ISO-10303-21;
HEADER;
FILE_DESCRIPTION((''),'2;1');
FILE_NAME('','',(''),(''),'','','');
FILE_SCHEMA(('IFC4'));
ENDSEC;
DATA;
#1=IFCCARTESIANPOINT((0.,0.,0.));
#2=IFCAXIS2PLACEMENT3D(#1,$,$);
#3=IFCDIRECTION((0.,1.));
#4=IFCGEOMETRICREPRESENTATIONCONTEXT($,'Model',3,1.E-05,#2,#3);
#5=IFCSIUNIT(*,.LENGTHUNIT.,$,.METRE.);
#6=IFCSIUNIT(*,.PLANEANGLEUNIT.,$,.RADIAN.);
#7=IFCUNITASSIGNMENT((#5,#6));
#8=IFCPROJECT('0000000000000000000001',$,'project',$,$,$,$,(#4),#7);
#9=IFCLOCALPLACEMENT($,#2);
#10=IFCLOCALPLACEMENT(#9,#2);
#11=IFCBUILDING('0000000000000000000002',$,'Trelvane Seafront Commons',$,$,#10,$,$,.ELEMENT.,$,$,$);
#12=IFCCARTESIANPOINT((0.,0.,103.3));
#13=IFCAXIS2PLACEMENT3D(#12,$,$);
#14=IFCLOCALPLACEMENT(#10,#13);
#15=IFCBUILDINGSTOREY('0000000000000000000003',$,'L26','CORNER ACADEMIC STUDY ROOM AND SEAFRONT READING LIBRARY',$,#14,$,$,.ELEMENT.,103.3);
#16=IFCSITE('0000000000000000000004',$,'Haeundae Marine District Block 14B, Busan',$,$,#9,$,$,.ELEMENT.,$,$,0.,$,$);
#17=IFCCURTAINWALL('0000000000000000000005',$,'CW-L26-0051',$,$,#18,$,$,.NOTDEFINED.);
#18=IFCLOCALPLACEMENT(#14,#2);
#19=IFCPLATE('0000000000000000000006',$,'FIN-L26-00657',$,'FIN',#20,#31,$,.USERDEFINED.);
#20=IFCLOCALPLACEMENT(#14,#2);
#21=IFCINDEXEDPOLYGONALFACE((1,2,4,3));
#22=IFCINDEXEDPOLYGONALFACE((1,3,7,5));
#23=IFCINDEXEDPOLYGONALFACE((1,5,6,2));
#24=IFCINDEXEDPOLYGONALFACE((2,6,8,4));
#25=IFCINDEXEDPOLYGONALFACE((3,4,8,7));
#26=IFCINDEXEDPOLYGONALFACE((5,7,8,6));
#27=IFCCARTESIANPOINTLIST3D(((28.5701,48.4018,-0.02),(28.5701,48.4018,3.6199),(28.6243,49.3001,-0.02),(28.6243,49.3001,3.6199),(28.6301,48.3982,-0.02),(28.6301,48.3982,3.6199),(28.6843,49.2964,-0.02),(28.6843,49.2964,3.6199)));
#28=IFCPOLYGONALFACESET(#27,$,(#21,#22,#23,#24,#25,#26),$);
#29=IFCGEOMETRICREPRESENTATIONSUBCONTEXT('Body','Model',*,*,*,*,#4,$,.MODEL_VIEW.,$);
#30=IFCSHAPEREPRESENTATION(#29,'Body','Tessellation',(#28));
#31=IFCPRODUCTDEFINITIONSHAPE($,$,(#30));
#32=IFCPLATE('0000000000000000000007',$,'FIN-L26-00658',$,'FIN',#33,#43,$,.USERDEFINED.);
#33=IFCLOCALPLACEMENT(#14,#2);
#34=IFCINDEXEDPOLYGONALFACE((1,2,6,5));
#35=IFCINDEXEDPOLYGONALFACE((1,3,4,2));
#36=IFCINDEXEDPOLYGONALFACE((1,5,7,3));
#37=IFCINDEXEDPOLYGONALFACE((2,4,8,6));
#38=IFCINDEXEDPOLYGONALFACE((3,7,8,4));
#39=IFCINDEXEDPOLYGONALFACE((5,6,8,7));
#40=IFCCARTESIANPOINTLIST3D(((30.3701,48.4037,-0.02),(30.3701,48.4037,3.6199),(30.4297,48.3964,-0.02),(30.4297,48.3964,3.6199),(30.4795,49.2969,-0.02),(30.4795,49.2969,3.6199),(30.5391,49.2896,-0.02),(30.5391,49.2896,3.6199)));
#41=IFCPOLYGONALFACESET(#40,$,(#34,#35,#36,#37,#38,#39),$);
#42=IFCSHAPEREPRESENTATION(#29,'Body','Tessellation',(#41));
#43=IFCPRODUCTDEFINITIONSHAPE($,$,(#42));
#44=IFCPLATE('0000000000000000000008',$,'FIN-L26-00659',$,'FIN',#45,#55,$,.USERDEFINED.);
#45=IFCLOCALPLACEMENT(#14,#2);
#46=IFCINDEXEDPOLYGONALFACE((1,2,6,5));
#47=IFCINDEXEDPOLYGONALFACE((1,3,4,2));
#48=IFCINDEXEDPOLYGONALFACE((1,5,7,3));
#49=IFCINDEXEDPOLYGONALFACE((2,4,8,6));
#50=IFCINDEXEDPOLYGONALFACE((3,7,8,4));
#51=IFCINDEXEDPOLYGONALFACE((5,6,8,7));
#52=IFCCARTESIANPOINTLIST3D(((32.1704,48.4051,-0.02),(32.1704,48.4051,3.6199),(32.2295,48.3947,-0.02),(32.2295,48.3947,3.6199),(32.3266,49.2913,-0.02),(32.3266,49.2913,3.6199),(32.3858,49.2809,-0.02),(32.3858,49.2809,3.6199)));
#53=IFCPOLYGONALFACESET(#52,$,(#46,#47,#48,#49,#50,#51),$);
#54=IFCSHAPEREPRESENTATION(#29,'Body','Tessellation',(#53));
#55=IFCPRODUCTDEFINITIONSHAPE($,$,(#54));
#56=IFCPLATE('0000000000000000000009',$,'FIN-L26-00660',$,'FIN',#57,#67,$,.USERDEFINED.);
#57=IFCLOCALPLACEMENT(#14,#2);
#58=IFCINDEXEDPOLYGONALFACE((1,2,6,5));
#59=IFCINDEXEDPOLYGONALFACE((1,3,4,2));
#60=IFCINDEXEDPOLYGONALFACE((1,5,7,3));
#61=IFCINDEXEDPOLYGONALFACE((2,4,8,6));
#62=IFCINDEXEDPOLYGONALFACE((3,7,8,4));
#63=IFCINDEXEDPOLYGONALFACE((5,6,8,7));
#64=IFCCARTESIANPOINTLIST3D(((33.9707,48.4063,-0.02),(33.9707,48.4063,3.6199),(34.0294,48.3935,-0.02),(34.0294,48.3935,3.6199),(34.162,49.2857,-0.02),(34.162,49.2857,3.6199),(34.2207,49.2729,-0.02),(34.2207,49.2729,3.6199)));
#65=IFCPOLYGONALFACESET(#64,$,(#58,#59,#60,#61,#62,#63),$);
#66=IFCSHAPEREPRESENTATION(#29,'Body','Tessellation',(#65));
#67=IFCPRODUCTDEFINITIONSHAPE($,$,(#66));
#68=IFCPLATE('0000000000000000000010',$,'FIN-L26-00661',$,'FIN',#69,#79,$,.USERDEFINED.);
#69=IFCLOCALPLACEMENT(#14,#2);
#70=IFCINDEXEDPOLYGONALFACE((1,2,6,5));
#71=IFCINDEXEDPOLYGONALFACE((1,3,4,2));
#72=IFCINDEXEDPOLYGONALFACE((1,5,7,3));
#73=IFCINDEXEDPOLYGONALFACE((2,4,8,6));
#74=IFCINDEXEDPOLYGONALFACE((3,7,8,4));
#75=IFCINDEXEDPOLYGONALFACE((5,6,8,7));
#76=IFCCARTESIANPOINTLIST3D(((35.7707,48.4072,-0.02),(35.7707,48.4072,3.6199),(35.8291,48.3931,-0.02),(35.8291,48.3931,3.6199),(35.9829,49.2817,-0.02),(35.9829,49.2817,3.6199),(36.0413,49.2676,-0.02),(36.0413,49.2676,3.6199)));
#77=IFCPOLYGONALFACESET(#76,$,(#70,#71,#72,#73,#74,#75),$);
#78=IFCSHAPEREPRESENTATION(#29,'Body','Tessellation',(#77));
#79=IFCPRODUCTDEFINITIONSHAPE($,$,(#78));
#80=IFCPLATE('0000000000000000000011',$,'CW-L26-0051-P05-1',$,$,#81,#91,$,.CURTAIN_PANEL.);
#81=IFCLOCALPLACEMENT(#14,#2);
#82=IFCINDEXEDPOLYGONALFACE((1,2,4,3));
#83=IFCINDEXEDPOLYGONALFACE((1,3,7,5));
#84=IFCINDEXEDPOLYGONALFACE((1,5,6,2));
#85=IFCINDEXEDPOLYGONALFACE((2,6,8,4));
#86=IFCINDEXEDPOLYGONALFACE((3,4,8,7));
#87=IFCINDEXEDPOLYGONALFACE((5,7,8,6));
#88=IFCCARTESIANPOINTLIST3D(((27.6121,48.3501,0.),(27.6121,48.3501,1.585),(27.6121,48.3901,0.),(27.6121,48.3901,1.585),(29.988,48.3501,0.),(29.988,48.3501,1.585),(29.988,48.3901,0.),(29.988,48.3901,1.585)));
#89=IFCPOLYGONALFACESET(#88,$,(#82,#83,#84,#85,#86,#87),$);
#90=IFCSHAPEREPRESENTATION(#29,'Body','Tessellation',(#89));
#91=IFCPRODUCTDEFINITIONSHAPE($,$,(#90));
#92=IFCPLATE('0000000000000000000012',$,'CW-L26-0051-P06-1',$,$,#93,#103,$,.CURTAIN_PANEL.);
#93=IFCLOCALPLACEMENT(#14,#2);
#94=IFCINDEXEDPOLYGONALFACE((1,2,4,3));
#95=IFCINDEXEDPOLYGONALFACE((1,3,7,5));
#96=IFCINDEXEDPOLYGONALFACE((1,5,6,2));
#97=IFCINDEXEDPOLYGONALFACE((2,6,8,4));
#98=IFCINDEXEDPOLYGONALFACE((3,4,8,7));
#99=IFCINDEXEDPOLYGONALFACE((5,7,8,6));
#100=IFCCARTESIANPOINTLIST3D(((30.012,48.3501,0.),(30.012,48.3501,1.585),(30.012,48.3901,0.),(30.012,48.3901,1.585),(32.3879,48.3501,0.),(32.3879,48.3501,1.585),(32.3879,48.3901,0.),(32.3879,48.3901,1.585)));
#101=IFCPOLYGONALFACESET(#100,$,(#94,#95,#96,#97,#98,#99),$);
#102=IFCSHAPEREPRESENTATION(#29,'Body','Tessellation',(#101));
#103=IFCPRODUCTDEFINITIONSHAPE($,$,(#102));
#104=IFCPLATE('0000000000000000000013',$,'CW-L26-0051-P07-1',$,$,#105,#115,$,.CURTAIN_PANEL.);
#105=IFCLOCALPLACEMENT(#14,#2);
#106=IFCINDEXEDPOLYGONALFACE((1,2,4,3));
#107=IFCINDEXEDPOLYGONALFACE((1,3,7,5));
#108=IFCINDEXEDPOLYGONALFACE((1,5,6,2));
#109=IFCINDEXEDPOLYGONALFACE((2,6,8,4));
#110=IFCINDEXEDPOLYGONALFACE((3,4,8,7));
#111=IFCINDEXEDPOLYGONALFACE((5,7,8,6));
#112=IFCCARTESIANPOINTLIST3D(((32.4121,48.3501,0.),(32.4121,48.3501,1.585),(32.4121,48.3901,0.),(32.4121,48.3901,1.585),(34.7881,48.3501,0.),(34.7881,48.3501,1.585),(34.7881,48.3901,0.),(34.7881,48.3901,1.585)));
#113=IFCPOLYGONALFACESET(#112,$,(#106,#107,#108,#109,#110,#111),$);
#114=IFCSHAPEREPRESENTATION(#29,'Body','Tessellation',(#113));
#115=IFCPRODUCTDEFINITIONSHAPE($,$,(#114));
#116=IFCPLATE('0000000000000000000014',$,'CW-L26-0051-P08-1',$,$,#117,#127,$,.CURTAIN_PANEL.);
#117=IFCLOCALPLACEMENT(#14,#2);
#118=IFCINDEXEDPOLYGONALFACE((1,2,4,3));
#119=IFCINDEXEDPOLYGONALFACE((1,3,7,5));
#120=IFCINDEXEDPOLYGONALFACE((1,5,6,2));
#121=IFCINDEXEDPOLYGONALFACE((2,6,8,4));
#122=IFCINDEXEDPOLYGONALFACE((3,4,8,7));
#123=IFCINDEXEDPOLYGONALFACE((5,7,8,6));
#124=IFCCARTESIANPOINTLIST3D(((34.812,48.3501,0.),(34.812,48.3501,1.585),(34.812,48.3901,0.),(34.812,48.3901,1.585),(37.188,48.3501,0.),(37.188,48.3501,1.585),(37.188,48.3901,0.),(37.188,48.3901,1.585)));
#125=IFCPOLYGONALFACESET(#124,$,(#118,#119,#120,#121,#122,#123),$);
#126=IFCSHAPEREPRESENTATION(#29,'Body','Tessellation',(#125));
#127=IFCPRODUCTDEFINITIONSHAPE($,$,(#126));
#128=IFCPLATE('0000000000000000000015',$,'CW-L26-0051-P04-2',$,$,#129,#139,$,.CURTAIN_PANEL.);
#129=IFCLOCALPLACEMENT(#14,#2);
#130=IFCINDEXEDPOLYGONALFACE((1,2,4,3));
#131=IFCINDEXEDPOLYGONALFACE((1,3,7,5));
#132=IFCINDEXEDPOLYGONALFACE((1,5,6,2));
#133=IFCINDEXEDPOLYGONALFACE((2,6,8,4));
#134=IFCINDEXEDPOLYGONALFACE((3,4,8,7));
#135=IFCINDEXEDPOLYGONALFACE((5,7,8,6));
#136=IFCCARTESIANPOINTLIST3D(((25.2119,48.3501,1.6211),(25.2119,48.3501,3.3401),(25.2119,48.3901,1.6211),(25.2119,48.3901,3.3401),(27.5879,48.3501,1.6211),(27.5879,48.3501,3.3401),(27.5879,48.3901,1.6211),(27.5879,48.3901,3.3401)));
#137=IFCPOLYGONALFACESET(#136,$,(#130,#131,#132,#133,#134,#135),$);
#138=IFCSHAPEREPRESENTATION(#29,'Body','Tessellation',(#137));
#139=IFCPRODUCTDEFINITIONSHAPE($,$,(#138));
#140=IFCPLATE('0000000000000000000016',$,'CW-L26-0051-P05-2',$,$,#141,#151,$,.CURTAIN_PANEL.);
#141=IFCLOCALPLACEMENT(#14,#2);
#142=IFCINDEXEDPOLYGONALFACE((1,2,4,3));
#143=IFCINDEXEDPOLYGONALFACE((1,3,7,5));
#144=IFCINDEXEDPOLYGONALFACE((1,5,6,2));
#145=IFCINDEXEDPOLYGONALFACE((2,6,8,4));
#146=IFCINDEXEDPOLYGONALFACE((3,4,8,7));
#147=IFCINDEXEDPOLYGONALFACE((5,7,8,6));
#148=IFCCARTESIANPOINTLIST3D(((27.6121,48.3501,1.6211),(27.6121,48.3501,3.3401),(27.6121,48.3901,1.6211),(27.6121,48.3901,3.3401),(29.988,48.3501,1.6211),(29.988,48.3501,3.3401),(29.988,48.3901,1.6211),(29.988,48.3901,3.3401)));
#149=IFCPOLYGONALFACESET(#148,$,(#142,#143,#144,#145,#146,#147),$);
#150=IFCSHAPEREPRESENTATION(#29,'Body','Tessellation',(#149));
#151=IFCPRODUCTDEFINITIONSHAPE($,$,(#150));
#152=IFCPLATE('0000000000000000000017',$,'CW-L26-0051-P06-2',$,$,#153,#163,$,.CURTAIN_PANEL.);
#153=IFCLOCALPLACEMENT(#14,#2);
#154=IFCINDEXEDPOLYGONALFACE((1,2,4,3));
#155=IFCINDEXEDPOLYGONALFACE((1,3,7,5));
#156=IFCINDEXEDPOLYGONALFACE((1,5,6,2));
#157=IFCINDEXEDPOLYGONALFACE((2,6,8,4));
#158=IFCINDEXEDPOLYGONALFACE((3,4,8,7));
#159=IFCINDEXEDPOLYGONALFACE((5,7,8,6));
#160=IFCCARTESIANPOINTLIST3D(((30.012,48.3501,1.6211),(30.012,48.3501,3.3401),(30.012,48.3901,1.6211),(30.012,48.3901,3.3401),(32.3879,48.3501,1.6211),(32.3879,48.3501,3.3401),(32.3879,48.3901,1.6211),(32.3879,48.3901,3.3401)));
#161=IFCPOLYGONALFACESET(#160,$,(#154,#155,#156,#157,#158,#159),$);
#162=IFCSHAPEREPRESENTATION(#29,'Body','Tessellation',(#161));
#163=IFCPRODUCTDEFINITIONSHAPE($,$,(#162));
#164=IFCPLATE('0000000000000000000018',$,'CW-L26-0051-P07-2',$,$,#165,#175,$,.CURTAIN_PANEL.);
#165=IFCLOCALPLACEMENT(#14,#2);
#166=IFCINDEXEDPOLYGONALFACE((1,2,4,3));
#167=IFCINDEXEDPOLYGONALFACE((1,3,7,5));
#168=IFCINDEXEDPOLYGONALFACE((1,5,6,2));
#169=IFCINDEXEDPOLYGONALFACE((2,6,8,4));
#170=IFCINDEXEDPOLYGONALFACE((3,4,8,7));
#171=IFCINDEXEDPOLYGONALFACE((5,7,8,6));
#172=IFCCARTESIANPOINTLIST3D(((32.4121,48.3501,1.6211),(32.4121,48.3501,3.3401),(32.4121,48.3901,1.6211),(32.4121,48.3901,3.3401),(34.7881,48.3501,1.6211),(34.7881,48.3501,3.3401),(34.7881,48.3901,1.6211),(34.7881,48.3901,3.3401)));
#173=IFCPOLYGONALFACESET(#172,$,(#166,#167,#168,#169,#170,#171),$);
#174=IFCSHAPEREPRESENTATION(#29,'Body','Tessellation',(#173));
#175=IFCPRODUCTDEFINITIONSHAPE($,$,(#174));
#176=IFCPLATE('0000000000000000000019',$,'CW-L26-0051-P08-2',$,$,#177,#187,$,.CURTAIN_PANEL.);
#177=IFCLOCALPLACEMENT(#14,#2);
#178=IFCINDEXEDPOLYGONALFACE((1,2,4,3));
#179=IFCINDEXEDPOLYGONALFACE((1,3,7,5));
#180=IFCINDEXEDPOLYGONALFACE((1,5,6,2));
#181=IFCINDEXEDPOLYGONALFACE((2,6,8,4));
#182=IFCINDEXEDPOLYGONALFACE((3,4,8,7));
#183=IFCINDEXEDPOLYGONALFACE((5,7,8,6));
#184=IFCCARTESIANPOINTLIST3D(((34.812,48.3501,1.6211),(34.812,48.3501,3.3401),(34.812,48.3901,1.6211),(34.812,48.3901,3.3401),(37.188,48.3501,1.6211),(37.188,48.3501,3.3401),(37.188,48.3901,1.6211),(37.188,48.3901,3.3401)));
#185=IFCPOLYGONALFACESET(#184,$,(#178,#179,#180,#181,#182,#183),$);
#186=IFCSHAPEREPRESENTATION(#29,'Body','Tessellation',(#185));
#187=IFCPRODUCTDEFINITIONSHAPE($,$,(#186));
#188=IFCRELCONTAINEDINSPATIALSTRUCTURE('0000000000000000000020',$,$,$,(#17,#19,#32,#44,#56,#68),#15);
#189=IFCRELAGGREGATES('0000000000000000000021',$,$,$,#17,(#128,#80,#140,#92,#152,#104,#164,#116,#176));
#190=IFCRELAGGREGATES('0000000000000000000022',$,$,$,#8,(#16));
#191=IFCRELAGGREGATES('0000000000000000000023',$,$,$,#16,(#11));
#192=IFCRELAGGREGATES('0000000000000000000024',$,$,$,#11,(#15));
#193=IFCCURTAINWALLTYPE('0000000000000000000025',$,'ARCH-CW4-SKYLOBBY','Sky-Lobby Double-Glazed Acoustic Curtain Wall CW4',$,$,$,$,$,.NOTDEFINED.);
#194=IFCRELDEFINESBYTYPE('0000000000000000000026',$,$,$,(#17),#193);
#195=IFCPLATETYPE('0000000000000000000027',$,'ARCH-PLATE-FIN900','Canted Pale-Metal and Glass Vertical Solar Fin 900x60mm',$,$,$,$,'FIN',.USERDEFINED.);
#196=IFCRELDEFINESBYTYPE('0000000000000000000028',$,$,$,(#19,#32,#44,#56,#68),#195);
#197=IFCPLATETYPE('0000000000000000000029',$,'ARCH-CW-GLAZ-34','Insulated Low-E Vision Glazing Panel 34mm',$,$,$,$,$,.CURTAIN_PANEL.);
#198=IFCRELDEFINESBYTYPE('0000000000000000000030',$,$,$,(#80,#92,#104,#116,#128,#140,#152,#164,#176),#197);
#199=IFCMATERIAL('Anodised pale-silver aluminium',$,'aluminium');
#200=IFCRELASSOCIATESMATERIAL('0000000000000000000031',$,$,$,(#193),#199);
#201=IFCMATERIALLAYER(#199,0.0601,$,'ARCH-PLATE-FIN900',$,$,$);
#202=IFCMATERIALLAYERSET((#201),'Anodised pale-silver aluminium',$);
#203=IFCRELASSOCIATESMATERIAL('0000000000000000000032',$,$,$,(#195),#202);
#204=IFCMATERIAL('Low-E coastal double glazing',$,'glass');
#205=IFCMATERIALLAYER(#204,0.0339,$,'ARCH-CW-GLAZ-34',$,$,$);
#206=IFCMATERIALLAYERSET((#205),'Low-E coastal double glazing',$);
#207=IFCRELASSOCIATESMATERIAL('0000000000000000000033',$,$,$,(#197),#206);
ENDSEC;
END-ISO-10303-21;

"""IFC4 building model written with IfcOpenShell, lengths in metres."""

from ifc_helpers import new_model, si_unit, direction, frame, origin, origin_2d, place, context, subcontext, project, spatial, rectangle, extrude, source, transform, mapped, material, layer, layer_set, type_object, element, aggregate, save


model = new_model("IFC4")

# Units and contexts
model_context = context("Model", 3, precision=1e-05, world=origin(), true_north=direction((0.0, 1.0)))
body_context = subcontext(model_context, "Body", "Model", "MODEL_VIEW")
ifc_project = project(units=[si_unit("LENGTHUNIT", "METRE"), si_unit("PLANEANGLEUNIT", "RADIAN")], contexts=[model_context])

# Site, building, storey
site_placement = place(None, origin())
site = spatial("IfcSite", under=ifc_project, at=site_placement, Name="Haeundae Marine District Block 14B, Busan", CompositionType="ELEMENT", RefElevation=0.0)
building_placement = place(site_placement, origin())
building = spatial("IfcBuilding", under=site, at=building_placement, Name="Trelvane Seafront Commons", CompositionType="ELEMENT")
storey_placement = place(building_placement, frame((0.0, 0.0, 103.3)))
storey = spatial("IfcBuildingStorey", under=building, at=storey_placement, Name="L26", Description="CORNER ACADEMIC STUDY ROOM AND SEAFRONT READING LIBRARY", CompositionType="ELEMENT", Elevation=103.3)

# Curtain wall
ifc_material_1 = material(Name="Anodised pale-silver aluminium", Category="aluminium")
curtain_wall_type = type_object("IfcCurtainWallType", Name="ARCH-CW4-SKYLOBBY", Description="Sky-Lobby Double-Glazed Acoustic Curtain Wall CW4", PredefinedType="NOTDEFINED", material=ifc_material_1)
curtain_wall_placement = place(storey_placement, origin())
curtain_wall = element("IfcCurtainWall", 1, at=curtain_wall_placement, inside=storey, type_object=curtain_wall_type, Name="CW-L26-0051", PredefinedType="NOTDEFINED")

# Plates
ifc_layer_1 = layer(ifc_material_1, 0.0601, Name="ARCH-PLATE-FIN900")
ifc_layer_set_1 = layer_set([ifc_layer_1], Name="Anodised pale-silver aluminium")
plate_type_1 = type_object("IfcPlateType", Name="ARCH-PLATE-FIN900", Description="Canted Pale-Metal and Glass Vertical Solar Fin 900x60mm", ElementType="FIN", PredefinedType="USERDEFINED", material=ifc_layer_set_1)
shared_shape_1 = source(origin(), body_context, "Body", "SweptSolid", [
    extrude(rectangle(XDim=0.8999, YDim=0.0601, at=origin_2d()), origin(), (0.0, 0.0, 1.0), 3.6399),
])
for number, where, z_axis, x_axis, name in (
    (2, (28.6272, 48.8491, -0.02), (0.0, 0.0, 1.0), (0.060219, 0.998185, 0.0), "FIN-L26-00657"),
    (3, (30.4546, 48.8467, -0.02), (0.0, 0.0, 1.0), (0.121559, 0.992584, 0.0), "FIN-L26-00658"),
    (4, (32.2781, 48.843, -0.02), (0.0, 0.0, 1.0), (0.173671, 0.984804, 0.0), "FIN-L26-00659"),
    (5, (34.0957, 48.8396, -0.02), (0.0, 0.0, 1.0), (0.212563, 0.977147, 0.0), "FIN-L26-00660"),
    (6, (35.906, 48.8374, -0.02), (0.0, 0.0, 1.0), (0.235785, 0.971805, 0.0), "FIN-L26-00661"),
):
    element("IfcPlate", number, at=place(storey_placement, frame(where, z_axis=z_axis, x_axis=x_axis)), inside=storey, type_object=plate_type_1, Name=name, ObjectType="FIN", PredefinedType="USERDEFINED", context=body_context, shape_type="MappedRepresentation", body=[
        mapped(shared_shape_1, transform((0.0, 0.0, 0.0), x_axis=(1.0, 0.0, 0.0), y_axis=(0.0, 1.0, 0.0), z_axis=(0.0, 0.0, 1.0), scale=1.0)),
    ])

# Plates
ifc_material_2 = material(Name="Low-E coastal double glazing", Category="glass")
ifc_layer_2 = layer(ifc_material_2, 0.0339, Name="ARCH-CW-GLAZ-34")
ifc_layer_set_2 = layer_set([ifc_layer_2], Name="Low-E coastal double glazing")
plate_type_2 = type_object("IfcPlateType", Name="ARCH-CW-GLAZ-34", Description="Insulated Low-E Vision Glazing Panel 34mm", PredefinedType="CURTAIN_PANEL", material=ifc_layer_set_2)
shared_shape_2 = source(origin(), body_context, "Body", "SweptSolid", [
    extrude(rectangle(XDim=2.376, YDim=0.04, at=origin_2d()), origin(), (0.0, 0.0, 1.0), 1.585),
])
plate_1_placement = place(storey_placement, frame((28.8, 48.3701, 0.0), z_axis=(0.0, 0.0, 1.0), x_axis=(1.0, 0.0, 0.0)))
plate_1 = element("IfcPlate", 7, at=plate_1_placement, type_object=plate_type_2, Name="CW-L26-0051-P05-1", PredefinedType="CURTAIN_PANEL", context=body_context, shape_type="MappedRepresentation", body=[
    mapped(shared_shape_2, transform((0.0, 0.0, 0.0), x_axis=(1.0, 0.0, 0.0), y_axis=(0.0, 1.0, 0.0), z_axis=(0.0, 0.0, 1.0), scale=1.0)),
])
plate_2_placement = place(storey_placement, frame((31.2, 48.3701, 0.0), z_axis=(0.0, 0.0, 1.0), x_axis=(1.0, 0.0, 0.0)))
plate_2 = element("IfcPlate", 8, at=plate_2_placement, type_object=plate_type_2, Name="CW-L26-0051-P06-1", PredefinedType="CURTAIN_PANEL", context=body_context, shape_type="MappedRepresentation", body=[
    mapped(shared_shape_2, transform((0.0, 0.0, 0.0), x_axis=(1.0, 0.0, 0.0), y_axis=(0.0, 1.0, 0.0), z_axis=(0.0, 0.0, 1.0), scale=1.0)),
])
plate_3_placement = place(storey_placement, frame((33.6001, 48.3701, 0.0), z_axis=(0.0, 0.0, 1.0), x_axis=(1.0, 0.0, 0.0)))
plate_3 = element("IfcPlate", 9, at=plate_3_placement, type_object=plate_type_2, Name="CW-L26-0051-P07-1", PredefinedType="CURTAIN_PANEL", context=body_context, shape_type="MappedRepresentation", body=[
    mapped(shared_shape_2, transform((0.0, 0.0, 0.0), x_axis=(1.0, 0.0, 0.0), y_axis=(0.0, 1.0, 0.0), z_axis=(0.0, 0.0, 1.0), scale=1.0)),
])
plate_4_placement = place(storey_placement, frame((36.0, 48.3701, 0.0), z_axis=(0.0, 0.0, 1.0), x_axis=(1.0, 0.0, 0.0)))
plate_4 = element("IfcPlate", 10, at=plate_4_placement, type_object=plate_type_2, Name="CW-L26-0051-P08-1", PredefinedType="CURTAIN_PANEL", context=body_context, shape_type="MappedRepresentation", body=[
    mapped(shared_shape_2, transform((0.0, 0.0, 0.0), x_axis=(1.0, 0.0, 0.0), y_axis=(0.0, 1.0, 0.0), z_axis=(0.0, 0.0, 1.0), scale=1.0)),
])
shared_shape_3 = source(origin(), body_context, "Body", "SweptSolid", [
    extrude(rectangle(XDim=2.376, YDim=0.04, at=origin_2d()), origin(), (0.0, 0.0, 1.0), 1.719),
])
plate_5_placement = place(storey_placement, frame((26.3999, 48.3701, 1.6211), z_axis=(0.0, 0.0, 1.0), x_axis=(1.0, 0.0, 0.0)))
plate_5 = element("IfcPlate", 11, at=plate_5_placement, type_object=plate_type_2, Name="CW-L26-0051-P04-2", PredefinedType="CURTAIN_PANEL", context=body_context, shape_type="MappedRepresentation", body=[
    mapped(shared_shape_3, transform((0.0, 0.0, 0.0), x_axis=(1.0, 0.0, 0.0), y_axis=(0.0, 1.0, 0.0), z_axis=(0.0, 0.0, 1.0), scale=1.0)),
])
plate_6_placement = place(storey_placement, frame((28.8, 48.3701, 1.6211), z_axis=(0.0, 0.0, 1.0), x_axis=(1.0, 0.0, 0.0)))
plate_6 = element("IfcPlate", 12, at=plate_6_placement, type_object=plate_type_2, Name="CW-L26-0051-P05-2", PredefinedType="CURTAIN_PANEL", context=body_context, shape_type="MappedRepresentation", body=[
    mapped(shared_shape_3, transform((0.0, 0.0, 0.0), x_axis=(1.0, 0.0, 0.0), y_axis=(0.0, 1.0, 0.0), z_axis=(0.0, 0.0, 1.0), scale=1.0)),
])
plate_7_placement = place(storey_placement, frame((31.2, 48.3701, 1.6211), z_axis=(0.0, 0.0, 1.0), x_axis=(1.0, 0.0, 0.0)))
plate_7 = element("IfcPlate", 13, at=plate_7_placement, type_object=plate_type_2, Name="CW-L26-0051-P06-2", PredefinedType="CURTAIN_PANEL", context=body_context, shape_type="MappedRepresentation", body=[
    mapped(shared_shape_3, transform((0.0, 0.0, 0.0), x_axis=(1.0, 0.0, 0.0), y_axis=(0.0, 1.0, 0.0), z_axis=(0.0, 0.0, 1.0), scale=1.0)),
])
plate_8_placement = place(storey_placement, frame((33.6001, 48.3701, 1.6211), z_axis=(0.0, 0.0, 1.0), x_axis=(1.0, 0.0, 0.0)))
plate_8 = element("IfcPlate", 14, at=plate_8_placement, type_object=plate_type_2, Name="CW-L26-0051-P07-2", PredefinedType="CURTAIN_PANEL", context=body_context, shape_type="MappedRepresentation", body=[
    mapped(shared_shape_3, transform((0.0, 0.0, 0.0), x_axis=(1.0, 0.0, 0.0), y_axis=(0.0, 1.0, 0.0), z_axis=(0.0, 0.0, 1.0), scale=1.0)),
])
plate_9_placement = place(storey_placement, frame((36.0, 48.3701, 1.6211), z_axis=(0.0, 0.0, 1.0), x_axis=(1.0, 0.0, 0.0)))
plate_9 = element("IfcPlate", 15, at=plate_9_placement, type_object=plate_type_2, Name="CW-L26-0051-P08-2", PredefinedType="CURTAIN_PANEL", context=body_context, shape_type="MappedRepresentation", body=[
    mapped(shared_shape_3, transform((0.0, 0.0, 0.0), x_axis=(1.0, 0.0, 0.0), y_axis=(0.0, 1.0, 0.0), z_axis=(0.0, 0.0, 1.0), scale=1.0)),
])
aggregate(curtain_wall, [plate_5, plate_1, plate_6, plate_2, plate_7, plate_3, plate_8, plate_4, plate_9])

save(model, "model.ifc")
